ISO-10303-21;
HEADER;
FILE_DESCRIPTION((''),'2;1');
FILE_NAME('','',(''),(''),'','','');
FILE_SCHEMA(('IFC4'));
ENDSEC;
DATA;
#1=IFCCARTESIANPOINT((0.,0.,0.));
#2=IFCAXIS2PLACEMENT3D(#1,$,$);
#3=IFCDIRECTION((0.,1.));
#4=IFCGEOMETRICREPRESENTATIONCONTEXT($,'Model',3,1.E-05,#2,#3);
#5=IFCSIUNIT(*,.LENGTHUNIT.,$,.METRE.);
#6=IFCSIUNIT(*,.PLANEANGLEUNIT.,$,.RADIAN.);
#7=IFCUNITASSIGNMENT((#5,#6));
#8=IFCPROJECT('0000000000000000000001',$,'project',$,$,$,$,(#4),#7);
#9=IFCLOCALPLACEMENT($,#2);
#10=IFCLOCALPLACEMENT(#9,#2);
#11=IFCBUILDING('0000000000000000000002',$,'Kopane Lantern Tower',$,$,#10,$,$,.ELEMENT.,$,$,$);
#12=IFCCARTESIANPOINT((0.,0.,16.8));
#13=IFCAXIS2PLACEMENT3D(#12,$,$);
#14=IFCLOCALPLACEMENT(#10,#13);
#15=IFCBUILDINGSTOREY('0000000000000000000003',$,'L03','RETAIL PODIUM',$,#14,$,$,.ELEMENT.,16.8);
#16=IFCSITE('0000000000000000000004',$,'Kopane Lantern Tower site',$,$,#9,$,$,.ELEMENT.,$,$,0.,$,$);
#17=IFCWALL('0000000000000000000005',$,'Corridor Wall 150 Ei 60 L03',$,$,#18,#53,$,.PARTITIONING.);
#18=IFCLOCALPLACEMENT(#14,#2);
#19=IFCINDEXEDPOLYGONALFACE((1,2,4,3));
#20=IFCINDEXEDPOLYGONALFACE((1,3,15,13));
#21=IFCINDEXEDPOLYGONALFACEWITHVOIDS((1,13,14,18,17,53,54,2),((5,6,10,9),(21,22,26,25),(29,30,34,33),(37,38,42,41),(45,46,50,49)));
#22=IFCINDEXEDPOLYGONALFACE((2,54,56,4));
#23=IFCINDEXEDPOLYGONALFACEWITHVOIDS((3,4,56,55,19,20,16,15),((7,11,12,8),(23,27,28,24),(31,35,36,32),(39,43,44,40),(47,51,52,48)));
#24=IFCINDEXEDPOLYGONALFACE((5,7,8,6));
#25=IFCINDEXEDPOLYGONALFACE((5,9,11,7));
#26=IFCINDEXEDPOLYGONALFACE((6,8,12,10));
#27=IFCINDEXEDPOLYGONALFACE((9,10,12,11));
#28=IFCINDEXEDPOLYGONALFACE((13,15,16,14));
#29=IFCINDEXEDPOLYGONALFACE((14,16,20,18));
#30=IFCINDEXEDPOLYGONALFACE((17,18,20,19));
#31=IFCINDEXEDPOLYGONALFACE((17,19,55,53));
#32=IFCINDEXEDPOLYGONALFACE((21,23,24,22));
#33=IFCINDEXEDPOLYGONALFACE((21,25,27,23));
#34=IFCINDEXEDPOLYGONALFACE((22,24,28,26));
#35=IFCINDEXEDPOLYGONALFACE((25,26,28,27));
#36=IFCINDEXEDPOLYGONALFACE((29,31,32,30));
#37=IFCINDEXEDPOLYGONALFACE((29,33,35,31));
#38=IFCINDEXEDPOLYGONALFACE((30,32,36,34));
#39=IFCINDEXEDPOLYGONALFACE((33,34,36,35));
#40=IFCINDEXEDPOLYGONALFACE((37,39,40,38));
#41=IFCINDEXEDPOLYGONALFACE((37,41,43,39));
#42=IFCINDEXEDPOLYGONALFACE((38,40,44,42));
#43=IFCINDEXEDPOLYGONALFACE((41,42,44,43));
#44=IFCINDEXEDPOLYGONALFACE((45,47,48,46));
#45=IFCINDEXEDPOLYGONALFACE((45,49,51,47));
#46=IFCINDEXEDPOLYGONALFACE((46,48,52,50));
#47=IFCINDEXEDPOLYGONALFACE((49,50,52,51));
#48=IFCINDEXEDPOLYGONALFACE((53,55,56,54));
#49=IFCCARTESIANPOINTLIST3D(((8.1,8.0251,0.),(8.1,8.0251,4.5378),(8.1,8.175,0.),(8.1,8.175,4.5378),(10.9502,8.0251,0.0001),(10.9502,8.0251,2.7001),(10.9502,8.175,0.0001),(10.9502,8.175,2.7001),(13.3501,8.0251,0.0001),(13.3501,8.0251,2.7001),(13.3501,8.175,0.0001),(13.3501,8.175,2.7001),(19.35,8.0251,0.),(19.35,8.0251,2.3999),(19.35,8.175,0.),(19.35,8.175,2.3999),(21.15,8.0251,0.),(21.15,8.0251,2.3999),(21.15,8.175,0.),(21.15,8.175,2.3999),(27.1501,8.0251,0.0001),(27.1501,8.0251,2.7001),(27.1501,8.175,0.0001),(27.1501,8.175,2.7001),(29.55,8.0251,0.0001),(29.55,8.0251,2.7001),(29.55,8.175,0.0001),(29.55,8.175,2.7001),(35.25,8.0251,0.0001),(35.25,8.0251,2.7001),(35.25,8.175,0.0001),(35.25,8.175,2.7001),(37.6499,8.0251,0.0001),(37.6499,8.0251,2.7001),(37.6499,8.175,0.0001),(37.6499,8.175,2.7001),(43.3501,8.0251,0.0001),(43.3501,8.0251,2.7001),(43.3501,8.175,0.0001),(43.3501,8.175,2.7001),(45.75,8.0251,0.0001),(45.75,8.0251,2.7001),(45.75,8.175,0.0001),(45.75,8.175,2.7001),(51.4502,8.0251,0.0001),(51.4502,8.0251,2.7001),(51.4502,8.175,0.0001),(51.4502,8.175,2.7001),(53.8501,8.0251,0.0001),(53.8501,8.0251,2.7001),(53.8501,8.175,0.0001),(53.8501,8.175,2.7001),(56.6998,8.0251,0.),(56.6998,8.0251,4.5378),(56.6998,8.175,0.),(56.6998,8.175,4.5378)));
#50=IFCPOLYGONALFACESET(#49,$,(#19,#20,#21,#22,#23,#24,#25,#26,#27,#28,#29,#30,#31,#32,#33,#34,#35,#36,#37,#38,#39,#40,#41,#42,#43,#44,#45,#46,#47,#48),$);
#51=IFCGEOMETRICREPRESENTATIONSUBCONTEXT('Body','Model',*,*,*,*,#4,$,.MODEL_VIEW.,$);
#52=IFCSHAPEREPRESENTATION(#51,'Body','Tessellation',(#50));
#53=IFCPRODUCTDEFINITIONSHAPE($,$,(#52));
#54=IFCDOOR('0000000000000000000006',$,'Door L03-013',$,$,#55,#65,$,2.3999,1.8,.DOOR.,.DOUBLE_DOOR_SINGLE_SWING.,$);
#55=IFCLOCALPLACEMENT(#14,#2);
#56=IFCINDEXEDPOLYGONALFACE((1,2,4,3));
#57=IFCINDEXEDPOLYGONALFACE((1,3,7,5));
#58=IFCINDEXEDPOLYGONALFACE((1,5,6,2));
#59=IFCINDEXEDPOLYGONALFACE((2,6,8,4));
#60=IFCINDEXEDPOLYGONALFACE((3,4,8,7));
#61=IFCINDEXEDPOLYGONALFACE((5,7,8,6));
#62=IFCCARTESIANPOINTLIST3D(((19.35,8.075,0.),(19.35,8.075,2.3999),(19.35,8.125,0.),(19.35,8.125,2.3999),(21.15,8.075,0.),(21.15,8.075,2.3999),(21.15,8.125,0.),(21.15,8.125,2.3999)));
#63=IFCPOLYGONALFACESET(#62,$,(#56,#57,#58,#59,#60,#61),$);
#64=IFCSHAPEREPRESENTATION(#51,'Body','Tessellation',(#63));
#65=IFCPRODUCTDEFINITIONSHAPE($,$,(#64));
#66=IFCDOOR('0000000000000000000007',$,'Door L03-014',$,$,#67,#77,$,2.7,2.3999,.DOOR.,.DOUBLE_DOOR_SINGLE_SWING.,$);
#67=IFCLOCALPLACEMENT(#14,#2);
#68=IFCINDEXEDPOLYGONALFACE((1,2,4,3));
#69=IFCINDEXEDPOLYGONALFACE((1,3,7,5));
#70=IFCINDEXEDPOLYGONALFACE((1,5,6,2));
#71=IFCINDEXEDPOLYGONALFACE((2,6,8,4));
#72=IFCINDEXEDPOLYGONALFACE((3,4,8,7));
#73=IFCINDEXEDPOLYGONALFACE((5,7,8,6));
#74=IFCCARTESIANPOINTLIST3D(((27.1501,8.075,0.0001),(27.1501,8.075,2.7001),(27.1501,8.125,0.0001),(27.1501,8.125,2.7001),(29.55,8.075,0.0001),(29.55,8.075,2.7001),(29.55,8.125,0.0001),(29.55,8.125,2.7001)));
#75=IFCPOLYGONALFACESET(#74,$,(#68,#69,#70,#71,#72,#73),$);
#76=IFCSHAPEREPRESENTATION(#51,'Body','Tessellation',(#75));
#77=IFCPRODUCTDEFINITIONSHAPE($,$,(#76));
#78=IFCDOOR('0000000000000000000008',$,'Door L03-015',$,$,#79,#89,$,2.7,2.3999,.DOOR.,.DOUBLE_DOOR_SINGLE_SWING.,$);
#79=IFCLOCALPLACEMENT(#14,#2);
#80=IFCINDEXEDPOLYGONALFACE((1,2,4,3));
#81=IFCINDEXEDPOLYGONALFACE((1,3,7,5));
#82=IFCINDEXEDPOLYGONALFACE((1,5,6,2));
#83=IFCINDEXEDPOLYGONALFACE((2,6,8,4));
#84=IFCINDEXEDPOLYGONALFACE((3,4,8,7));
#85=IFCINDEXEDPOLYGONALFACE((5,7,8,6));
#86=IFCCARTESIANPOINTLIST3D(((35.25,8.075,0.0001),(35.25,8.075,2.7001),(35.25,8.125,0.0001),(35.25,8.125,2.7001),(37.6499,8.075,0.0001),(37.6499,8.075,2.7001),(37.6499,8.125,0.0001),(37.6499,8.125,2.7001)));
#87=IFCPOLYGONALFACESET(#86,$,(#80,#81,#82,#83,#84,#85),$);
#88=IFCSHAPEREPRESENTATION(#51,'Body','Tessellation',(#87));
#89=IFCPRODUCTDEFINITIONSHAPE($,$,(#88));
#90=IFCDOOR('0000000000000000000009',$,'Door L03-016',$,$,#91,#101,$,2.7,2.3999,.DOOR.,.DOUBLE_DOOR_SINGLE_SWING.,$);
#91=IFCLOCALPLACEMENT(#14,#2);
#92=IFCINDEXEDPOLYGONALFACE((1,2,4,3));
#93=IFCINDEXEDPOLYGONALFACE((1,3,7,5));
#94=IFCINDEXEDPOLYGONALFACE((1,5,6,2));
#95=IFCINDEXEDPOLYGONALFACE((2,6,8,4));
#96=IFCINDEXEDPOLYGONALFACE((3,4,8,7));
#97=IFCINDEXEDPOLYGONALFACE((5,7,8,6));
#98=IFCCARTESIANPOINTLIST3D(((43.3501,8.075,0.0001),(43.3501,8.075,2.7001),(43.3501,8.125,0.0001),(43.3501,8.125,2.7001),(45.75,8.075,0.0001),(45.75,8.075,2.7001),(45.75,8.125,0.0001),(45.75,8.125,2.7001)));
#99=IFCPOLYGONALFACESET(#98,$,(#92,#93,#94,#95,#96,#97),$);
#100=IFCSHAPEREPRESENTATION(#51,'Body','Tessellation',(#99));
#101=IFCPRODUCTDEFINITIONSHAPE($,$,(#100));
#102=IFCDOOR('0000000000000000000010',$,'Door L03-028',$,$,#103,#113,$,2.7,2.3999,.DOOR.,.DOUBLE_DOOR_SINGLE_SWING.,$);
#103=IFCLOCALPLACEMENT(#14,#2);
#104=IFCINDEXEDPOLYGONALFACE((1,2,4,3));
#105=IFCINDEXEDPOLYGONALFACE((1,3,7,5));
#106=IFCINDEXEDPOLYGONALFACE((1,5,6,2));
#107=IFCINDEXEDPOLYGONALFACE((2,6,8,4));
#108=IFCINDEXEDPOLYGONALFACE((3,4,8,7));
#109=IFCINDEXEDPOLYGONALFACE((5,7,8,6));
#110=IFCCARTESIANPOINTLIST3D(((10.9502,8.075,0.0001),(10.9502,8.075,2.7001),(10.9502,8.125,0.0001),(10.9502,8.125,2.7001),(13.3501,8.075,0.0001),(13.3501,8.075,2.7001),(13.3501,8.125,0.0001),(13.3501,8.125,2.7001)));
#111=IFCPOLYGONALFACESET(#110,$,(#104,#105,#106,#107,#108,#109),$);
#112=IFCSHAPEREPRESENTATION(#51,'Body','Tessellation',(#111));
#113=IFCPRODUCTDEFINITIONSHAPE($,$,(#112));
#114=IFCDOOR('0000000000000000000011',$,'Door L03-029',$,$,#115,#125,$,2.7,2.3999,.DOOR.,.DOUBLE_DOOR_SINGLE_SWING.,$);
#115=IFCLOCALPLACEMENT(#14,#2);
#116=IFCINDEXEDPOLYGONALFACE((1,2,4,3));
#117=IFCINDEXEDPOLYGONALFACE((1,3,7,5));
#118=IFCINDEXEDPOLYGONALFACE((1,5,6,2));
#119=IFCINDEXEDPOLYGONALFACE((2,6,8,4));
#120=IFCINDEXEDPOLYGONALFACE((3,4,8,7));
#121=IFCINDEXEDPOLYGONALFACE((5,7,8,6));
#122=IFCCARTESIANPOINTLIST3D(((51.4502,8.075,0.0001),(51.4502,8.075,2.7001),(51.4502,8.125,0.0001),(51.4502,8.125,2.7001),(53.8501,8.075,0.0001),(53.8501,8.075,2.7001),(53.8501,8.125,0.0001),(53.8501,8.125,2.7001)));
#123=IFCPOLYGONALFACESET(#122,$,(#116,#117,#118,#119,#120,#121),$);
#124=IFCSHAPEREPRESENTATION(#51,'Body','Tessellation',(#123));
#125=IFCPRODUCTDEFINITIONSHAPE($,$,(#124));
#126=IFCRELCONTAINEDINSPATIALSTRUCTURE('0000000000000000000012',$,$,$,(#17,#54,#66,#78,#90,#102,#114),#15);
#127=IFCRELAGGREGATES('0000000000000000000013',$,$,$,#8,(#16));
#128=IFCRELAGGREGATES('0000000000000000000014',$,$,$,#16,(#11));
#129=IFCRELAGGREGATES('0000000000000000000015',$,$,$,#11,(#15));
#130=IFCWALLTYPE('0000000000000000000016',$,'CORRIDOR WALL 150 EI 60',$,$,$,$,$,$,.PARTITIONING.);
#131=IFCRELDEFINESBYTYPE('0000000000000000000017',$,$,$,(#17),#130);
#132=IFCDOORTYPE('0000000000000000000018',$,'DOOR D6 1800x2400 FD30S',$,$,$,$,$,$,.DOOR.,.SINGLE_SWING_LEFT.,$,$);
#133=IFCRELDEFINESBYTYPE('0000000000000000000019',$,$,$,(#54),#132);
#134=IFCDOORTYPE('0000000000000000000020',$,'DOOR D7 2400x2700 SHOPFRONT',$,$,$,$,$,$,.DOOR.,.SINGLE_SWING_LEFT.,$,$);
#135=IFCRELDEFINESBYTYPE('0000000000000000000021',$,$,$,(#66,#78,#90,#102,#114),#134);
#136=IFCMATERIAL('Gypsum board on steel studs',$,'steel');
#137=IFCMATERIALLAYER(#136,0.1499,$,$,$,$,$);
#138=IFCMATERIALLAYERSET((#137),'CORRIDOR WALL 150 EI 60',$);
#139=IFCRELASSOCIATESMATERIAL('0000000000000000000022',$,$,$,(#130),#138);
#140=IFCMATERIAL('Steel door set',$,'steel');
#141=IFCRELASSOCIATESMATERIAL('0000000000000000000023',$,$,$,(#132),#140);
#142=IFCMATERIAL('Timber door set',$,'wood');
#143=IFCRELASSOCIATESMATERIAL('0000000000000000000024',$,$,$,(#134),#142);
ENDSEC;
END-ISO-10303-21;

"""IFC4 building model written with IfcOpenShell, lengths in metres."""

from ifc_helpers import new_model, si_unit, direction, frame, frame_2d, origin, place, context, subcontext, project, spatial, rectangle, extrude, material, layer, layer_set, type_object, element, fill, save


model = new_model("IFC4")

# Units and contexts
model_context = context("Model", 3, precision=1e-05, world=origin(), true_north=direction((0.0, 1.0)))
body_context = subcontext(model_context, "Body", "Model", "MODEL_VIEW")
ifc_project = project(units=[si_unit("LENGTHUNIT", "METRE"), si_unit("PLANEANGLEUNIT", "RADIAN")], contexts=[model_context])

# Site, building, storey
site_placement = place(None, origin())
site = spatial("IfcSite", under=ifc_project, at=site_placement, Name="Kopane Lantern Tower site", CompositionType="ELEMENT", RefElevation=0.0)
building_placement = place(site_placement, origin())
building = spatial("IfcBuilding", under=site, at=building_placement, Name="Kopane Lantern Tower", CompositionType="ELEMENT")
storey_placement = place(building_placement, frame((0.0, 0.0, 16.8)))
storey = spatial("IfcBuildingStorey", under=building, at=storey_placement, Name="L03", Description="RETAIL PODIUM", CompositionType="ELEMENT", Elevation=16.8)

# Wall, openings, doors
ifc_material_1 = material(Name="Gypsum board on steel studs", Category="steel")
ifc_layer_1 = layer(ifc_material_1, 0.1499)
ifc_layer_set_1 = layer_set([ifc_layer_1], Name="CORRIDOR WALL 150 EI 60")
wall_type_1 = type_object("IfcWallType", Name="CORRIDOR WALL 150 EI 60", PredefinedType="PARTITIONING", material=ifc_layer_set_1)
wall_1_placement = place(storey_placement, frame((8.1001, 8.1001, 0.0), z_axis=(0.0, 0.0, 1.0), x_axis=(1.0, 0.0, 0.0)))
wall_1 = element("IfcWall", 1, at=wall_1_placement, inside=storey, type_object=wall_type_1, Name="Corridor Wall 150 Ei 60 L03", PredefinedType="PARTITIONING", context=body_context, shape_type="SweptSolid", body=[
    extrude(rectangle(XDim=48.5999, YDim=0.1499, at=frame_2d((24.2998, 0.0))), origin(), (0.0, 0.0, 1.0), 4.5378),
])
opening_1_placement = place(wall_1_placement, frame((11.25, 0.0, 0.0)))
opening_1 = element("IfcOpeningElement", 2, at=opening_1_placement, cuts=wall_1, PredefinedType="OPENING", context=body_context, shape_type="SweptSolid", body=[
    extrude(rectangle(XDim=1.8, YDim=2.3999, at=frame_2d((0.8999, 1.2))), frame((0.0, 0.085, 0.0), z_axis=(0.0, -1.0, 0.0), x_axis=(1.0, 0.0, 0.0)), (0.0, 0.0, 1.0), 0.1699),
])
opening_2_placement = place(wall_1_placement, frame((19.05, 0.0, 0.0)))
opening_2 = element("IfcOpeningElement", 3, at=opening_2_placement, cuts=wall_1, PredefinedType="OPENING", context=body_context, shape_type="SweptSolid", body=[
    extrude(rectangle(XDim=2.3999, YDim=2.7, at=frame_2d((1.2, 1.3501))), frame((0.0, 0.085, 0.0), z_axis=(0.0, -1.0, 0.0), x_axis=(1.0, 0.0, 0.0)), (0.0, 0.0, 1.0), 0.1699),
])
opening_3_placement = place(wall_1_placement, frame((27.1499, 0.0, 0.0)))
opening_3 = element("IfcOpeningElement", 4, at=opening_3_placement, cuts=wall_1, PredefinedType="OPENING", context=body_context, shape_type="SweptSolid", body=[
    extrude(rectangle(XDim=2.3999, YDim=2.7, at=frame_2d((1.2, 1.3501))), frame((0.0, 0.085, 0.0), z_axis=(0.0, -1.0, 0.0), x_axis=(1.0, 0.0, 0.0)), (0.0, 0.0, 1.0), 0.1699),
])
opening_4_placement = place(wall_1_placement, frame((35.25, 0.0, 0.0)))
opening_4 = element("IfcOpeningElement", 5, at=opening_4_placement, cuts=wall_1, PredefinedType="OPENING", context=body_context, shape_type="SweptSolid", body=[
    extrude(rectangle(XDim=2.3999, YDim=2.7, at=frame_2d((1.2, 1.3501))), frame((0.0, 0.085, 0.0), z_axis=(0.0, -1.0, 0.0), x_axis=(1.0, 0.0, 0.0)), (0.0, 0.0, 1.0), 0.1699),
])
opening_5_placement = place(wall_1_placement, frame((2.8501, 0.0, 0.0)))
opening_5 = element("IfcOpeningElement", 6, at=opening_5_placement, cuts=wall_1, PredefinedType="OPENING", context=body_context, shape_type="SweptSolid", body=[
    extrude(rectangle(XDim=2.3999, YDim=2.7, at=frame_2d((1.2, 1.3501))), frame((0.0, 0.085, 0.0), z_axis=(0.0, -1.0, 0.0), x_axis=(1.0, 0.0, 0.0)), (0.0, 0.0, 1.0), 0.1699),
])
opening_6_placement = place(wall_1_placement, frame((43.3501, 0.0, 0.0)))
opening_6 = element("IfcOpeningElement", 7, at=opening_6_placement, cuts=wall_1, PredefinedType="OPENING", context=body_context, shape_type="SweptSolid", body=[
    extrude(rectangle(XDim=2.3999, YDim=2.7, at=frame_2d((1.2, 1.3501))), frame((0.0, 0.085, 0.0), z_axis=(0.0, -1.0, 0.0), x_axis=(1.0, 0.0, 0.0)), (0.0, 0.0, 1.0), 0.1699),
])
ifc_material_2 = material(Name="Steel door set", Category="steel")
door_type_1 = type_object("IfcDoorType", Name="DOOR D6 1800x2400 FD30S", OperationType="SINGLE_SWING_LEFT", PredefinedType="DOOR", material=ifc_material_2)
door_1_placement = place(opening_1_placement, origin())
door_1 = element("IfcDoor", 8, at=door_1_placement, inside=storey, type_object=door_type_1, Name="Door L03-013", OperationType="DOUBLE_DOOR_SINGLE_SWING", OverallHeight=2.3999, OverallWidth=1.8, PredefinedType="DOOR", context=body_context, shape_type="SweptSolid", body=[
    extrude(rectangle(XDim=1.8, YDim=2.3999, at=frame_2d((0.8999, 1.2))), frame((0.0, 0.0249, 0.0), z_axis=(0.0, -1.0, 0.0), x_axis=(1.0, 0.0, 0.0)), (0.0, 0.0, 1.0), 0.05),
])
fill(opening_1, door_1)
ifc_material_3 = material(Name="Timber door set", Category="wood")
door_type_2 = type_object("IfcDoorType", Name="DOOR D7 2400x2700 SHOPFRONT", OperationType="SINGLE_SWING_LEFT", PredefinedType="DOOR", material=ifc_material_3)
door_2_placement = place(opening_2_placement, origin())
door_2 = element("IfcDoor", 9, at=door_2_placement, inside=storey, type_object=door_type_2, Name="Door L03-014", OperationType="DOUBLE_DOOR_SINGLE_SWING", OverallHeight=2.7, OverallWidth=2.3999, PredefinedType="DOOR", context=body_context, shape_type="SweptSolid", body=[
    extrude(rectangle(XDim=2.3999, YDim=2.7, at=frame_2d((1.2, 1.3501))), frame((0.0, 0.0249, 0.0), z_axis=(0.0, -1.0, 0.0), x_axis=(1.0, 0.0, 0.0)), (0.0, 0.0, 1.0), 0.05),
])
fill(opening_2, door_2)
door_3_placement = place(opening_3_placement, origin())
door_3 = element("IfcDoor", 10, at=door_3_placement, inside=storey, type_object=door_type_2, Name="Door L03-015", OperationType="DOUBLE_DOOR_SINGLE_SWING", OverallHeight=2.7, OverallWidth=2.3999, PredefinedType="DOOR", context=body_context, shape_type="SweptSolid", body=[
    extrude(rectangle(XDim=2.3999, YDim=2.7, at=frame_2d((1.2, 1.3501))), frame((0.0, 0.0249, 0.0), z_axis=(0.0, -1.0, 0.0), x_axis=(1.0, 0.0, 0.0)), (0.0, 0.0, 1.0), 0.05),
])
fill(opening_3, door_3)
door_4_placement = place(opening_4_placement, origin())
door_4 = element("IfcDoor", 11, at=door_4_placement, inside=storey, type_object=door_type_2, Name="Door L03-016", OperationType="DOUBLE_DOOR_SINGLE_SWING", OverallHeight=2.7, OverallWidth=2.3999, PredefinedType="DOOR", context=body_context, shape_type="SweptSolid", body=[
    extrude(rectangle(XDim=2.3999, YDim=2.7, at=frame_2d((1.2, 1.3501))), frame((0.0, 0.0249, 0.0), z_axis=(0.0, -1.0, 0.0), x_axis=(1.0, 0.0, 0.0)), (0.0, 0.0, 1.0), 0.05),
])
fill(opening_4, door_4)
door_5_placement = place(opening_5_placement, origin())
door_5 = element("IfcDoor", 12, at=door_5_placement, inside=storey, type_object=door_type_2, Name="Door L03-028", OperationType="DOUBLE_DOOR_SINGLE_SWING", OverallHeight=2.7, OverallWidth=2.3999, PredefinedType="DOOR", context=body_context, shape_type="SweptSolid", body=[
    extrude(rectangle(XDim=2.3999, YDim=2.7, at=frame_2d((1.2, 1.3501))), frame((0.0, 0.0249, 0.0), z_axis=(0.0, -1.0, 0.0), x_axis=(1.0, 0.0, 0.0)), (0.0, 0.0, 1.0), 0.05),
])
fill(opening_5, door_5)
door_6_placement = place(opening_6_placement, origin())
door_6 = element("IfcDoor", 13, at=door_6_placement, inside=storey, type_object=door_type_2, Name="Door L03-029", OperationType="DOUBLE_DOOR_SINGLE_SWING", OverallHeight=2.7, OverallWidth=2.3999, PredefinedType="DOOR", context=body_context, shape_type="SweptSolid", body=[
    extrude(rectangle(XDim=2.3999, YDim=2.7, at=frame_2d((1.2, 1.3501))), frame((0.0, 0.0249, 0.0), z_axis=(0.0, -1.0, 0.0), x_axis=(1.0, 0.0, 0.0)), (0.0, 0.0, 1.0), 0.05),
])
fill(opening_6, door_6)

save(model, "model.ifc")
